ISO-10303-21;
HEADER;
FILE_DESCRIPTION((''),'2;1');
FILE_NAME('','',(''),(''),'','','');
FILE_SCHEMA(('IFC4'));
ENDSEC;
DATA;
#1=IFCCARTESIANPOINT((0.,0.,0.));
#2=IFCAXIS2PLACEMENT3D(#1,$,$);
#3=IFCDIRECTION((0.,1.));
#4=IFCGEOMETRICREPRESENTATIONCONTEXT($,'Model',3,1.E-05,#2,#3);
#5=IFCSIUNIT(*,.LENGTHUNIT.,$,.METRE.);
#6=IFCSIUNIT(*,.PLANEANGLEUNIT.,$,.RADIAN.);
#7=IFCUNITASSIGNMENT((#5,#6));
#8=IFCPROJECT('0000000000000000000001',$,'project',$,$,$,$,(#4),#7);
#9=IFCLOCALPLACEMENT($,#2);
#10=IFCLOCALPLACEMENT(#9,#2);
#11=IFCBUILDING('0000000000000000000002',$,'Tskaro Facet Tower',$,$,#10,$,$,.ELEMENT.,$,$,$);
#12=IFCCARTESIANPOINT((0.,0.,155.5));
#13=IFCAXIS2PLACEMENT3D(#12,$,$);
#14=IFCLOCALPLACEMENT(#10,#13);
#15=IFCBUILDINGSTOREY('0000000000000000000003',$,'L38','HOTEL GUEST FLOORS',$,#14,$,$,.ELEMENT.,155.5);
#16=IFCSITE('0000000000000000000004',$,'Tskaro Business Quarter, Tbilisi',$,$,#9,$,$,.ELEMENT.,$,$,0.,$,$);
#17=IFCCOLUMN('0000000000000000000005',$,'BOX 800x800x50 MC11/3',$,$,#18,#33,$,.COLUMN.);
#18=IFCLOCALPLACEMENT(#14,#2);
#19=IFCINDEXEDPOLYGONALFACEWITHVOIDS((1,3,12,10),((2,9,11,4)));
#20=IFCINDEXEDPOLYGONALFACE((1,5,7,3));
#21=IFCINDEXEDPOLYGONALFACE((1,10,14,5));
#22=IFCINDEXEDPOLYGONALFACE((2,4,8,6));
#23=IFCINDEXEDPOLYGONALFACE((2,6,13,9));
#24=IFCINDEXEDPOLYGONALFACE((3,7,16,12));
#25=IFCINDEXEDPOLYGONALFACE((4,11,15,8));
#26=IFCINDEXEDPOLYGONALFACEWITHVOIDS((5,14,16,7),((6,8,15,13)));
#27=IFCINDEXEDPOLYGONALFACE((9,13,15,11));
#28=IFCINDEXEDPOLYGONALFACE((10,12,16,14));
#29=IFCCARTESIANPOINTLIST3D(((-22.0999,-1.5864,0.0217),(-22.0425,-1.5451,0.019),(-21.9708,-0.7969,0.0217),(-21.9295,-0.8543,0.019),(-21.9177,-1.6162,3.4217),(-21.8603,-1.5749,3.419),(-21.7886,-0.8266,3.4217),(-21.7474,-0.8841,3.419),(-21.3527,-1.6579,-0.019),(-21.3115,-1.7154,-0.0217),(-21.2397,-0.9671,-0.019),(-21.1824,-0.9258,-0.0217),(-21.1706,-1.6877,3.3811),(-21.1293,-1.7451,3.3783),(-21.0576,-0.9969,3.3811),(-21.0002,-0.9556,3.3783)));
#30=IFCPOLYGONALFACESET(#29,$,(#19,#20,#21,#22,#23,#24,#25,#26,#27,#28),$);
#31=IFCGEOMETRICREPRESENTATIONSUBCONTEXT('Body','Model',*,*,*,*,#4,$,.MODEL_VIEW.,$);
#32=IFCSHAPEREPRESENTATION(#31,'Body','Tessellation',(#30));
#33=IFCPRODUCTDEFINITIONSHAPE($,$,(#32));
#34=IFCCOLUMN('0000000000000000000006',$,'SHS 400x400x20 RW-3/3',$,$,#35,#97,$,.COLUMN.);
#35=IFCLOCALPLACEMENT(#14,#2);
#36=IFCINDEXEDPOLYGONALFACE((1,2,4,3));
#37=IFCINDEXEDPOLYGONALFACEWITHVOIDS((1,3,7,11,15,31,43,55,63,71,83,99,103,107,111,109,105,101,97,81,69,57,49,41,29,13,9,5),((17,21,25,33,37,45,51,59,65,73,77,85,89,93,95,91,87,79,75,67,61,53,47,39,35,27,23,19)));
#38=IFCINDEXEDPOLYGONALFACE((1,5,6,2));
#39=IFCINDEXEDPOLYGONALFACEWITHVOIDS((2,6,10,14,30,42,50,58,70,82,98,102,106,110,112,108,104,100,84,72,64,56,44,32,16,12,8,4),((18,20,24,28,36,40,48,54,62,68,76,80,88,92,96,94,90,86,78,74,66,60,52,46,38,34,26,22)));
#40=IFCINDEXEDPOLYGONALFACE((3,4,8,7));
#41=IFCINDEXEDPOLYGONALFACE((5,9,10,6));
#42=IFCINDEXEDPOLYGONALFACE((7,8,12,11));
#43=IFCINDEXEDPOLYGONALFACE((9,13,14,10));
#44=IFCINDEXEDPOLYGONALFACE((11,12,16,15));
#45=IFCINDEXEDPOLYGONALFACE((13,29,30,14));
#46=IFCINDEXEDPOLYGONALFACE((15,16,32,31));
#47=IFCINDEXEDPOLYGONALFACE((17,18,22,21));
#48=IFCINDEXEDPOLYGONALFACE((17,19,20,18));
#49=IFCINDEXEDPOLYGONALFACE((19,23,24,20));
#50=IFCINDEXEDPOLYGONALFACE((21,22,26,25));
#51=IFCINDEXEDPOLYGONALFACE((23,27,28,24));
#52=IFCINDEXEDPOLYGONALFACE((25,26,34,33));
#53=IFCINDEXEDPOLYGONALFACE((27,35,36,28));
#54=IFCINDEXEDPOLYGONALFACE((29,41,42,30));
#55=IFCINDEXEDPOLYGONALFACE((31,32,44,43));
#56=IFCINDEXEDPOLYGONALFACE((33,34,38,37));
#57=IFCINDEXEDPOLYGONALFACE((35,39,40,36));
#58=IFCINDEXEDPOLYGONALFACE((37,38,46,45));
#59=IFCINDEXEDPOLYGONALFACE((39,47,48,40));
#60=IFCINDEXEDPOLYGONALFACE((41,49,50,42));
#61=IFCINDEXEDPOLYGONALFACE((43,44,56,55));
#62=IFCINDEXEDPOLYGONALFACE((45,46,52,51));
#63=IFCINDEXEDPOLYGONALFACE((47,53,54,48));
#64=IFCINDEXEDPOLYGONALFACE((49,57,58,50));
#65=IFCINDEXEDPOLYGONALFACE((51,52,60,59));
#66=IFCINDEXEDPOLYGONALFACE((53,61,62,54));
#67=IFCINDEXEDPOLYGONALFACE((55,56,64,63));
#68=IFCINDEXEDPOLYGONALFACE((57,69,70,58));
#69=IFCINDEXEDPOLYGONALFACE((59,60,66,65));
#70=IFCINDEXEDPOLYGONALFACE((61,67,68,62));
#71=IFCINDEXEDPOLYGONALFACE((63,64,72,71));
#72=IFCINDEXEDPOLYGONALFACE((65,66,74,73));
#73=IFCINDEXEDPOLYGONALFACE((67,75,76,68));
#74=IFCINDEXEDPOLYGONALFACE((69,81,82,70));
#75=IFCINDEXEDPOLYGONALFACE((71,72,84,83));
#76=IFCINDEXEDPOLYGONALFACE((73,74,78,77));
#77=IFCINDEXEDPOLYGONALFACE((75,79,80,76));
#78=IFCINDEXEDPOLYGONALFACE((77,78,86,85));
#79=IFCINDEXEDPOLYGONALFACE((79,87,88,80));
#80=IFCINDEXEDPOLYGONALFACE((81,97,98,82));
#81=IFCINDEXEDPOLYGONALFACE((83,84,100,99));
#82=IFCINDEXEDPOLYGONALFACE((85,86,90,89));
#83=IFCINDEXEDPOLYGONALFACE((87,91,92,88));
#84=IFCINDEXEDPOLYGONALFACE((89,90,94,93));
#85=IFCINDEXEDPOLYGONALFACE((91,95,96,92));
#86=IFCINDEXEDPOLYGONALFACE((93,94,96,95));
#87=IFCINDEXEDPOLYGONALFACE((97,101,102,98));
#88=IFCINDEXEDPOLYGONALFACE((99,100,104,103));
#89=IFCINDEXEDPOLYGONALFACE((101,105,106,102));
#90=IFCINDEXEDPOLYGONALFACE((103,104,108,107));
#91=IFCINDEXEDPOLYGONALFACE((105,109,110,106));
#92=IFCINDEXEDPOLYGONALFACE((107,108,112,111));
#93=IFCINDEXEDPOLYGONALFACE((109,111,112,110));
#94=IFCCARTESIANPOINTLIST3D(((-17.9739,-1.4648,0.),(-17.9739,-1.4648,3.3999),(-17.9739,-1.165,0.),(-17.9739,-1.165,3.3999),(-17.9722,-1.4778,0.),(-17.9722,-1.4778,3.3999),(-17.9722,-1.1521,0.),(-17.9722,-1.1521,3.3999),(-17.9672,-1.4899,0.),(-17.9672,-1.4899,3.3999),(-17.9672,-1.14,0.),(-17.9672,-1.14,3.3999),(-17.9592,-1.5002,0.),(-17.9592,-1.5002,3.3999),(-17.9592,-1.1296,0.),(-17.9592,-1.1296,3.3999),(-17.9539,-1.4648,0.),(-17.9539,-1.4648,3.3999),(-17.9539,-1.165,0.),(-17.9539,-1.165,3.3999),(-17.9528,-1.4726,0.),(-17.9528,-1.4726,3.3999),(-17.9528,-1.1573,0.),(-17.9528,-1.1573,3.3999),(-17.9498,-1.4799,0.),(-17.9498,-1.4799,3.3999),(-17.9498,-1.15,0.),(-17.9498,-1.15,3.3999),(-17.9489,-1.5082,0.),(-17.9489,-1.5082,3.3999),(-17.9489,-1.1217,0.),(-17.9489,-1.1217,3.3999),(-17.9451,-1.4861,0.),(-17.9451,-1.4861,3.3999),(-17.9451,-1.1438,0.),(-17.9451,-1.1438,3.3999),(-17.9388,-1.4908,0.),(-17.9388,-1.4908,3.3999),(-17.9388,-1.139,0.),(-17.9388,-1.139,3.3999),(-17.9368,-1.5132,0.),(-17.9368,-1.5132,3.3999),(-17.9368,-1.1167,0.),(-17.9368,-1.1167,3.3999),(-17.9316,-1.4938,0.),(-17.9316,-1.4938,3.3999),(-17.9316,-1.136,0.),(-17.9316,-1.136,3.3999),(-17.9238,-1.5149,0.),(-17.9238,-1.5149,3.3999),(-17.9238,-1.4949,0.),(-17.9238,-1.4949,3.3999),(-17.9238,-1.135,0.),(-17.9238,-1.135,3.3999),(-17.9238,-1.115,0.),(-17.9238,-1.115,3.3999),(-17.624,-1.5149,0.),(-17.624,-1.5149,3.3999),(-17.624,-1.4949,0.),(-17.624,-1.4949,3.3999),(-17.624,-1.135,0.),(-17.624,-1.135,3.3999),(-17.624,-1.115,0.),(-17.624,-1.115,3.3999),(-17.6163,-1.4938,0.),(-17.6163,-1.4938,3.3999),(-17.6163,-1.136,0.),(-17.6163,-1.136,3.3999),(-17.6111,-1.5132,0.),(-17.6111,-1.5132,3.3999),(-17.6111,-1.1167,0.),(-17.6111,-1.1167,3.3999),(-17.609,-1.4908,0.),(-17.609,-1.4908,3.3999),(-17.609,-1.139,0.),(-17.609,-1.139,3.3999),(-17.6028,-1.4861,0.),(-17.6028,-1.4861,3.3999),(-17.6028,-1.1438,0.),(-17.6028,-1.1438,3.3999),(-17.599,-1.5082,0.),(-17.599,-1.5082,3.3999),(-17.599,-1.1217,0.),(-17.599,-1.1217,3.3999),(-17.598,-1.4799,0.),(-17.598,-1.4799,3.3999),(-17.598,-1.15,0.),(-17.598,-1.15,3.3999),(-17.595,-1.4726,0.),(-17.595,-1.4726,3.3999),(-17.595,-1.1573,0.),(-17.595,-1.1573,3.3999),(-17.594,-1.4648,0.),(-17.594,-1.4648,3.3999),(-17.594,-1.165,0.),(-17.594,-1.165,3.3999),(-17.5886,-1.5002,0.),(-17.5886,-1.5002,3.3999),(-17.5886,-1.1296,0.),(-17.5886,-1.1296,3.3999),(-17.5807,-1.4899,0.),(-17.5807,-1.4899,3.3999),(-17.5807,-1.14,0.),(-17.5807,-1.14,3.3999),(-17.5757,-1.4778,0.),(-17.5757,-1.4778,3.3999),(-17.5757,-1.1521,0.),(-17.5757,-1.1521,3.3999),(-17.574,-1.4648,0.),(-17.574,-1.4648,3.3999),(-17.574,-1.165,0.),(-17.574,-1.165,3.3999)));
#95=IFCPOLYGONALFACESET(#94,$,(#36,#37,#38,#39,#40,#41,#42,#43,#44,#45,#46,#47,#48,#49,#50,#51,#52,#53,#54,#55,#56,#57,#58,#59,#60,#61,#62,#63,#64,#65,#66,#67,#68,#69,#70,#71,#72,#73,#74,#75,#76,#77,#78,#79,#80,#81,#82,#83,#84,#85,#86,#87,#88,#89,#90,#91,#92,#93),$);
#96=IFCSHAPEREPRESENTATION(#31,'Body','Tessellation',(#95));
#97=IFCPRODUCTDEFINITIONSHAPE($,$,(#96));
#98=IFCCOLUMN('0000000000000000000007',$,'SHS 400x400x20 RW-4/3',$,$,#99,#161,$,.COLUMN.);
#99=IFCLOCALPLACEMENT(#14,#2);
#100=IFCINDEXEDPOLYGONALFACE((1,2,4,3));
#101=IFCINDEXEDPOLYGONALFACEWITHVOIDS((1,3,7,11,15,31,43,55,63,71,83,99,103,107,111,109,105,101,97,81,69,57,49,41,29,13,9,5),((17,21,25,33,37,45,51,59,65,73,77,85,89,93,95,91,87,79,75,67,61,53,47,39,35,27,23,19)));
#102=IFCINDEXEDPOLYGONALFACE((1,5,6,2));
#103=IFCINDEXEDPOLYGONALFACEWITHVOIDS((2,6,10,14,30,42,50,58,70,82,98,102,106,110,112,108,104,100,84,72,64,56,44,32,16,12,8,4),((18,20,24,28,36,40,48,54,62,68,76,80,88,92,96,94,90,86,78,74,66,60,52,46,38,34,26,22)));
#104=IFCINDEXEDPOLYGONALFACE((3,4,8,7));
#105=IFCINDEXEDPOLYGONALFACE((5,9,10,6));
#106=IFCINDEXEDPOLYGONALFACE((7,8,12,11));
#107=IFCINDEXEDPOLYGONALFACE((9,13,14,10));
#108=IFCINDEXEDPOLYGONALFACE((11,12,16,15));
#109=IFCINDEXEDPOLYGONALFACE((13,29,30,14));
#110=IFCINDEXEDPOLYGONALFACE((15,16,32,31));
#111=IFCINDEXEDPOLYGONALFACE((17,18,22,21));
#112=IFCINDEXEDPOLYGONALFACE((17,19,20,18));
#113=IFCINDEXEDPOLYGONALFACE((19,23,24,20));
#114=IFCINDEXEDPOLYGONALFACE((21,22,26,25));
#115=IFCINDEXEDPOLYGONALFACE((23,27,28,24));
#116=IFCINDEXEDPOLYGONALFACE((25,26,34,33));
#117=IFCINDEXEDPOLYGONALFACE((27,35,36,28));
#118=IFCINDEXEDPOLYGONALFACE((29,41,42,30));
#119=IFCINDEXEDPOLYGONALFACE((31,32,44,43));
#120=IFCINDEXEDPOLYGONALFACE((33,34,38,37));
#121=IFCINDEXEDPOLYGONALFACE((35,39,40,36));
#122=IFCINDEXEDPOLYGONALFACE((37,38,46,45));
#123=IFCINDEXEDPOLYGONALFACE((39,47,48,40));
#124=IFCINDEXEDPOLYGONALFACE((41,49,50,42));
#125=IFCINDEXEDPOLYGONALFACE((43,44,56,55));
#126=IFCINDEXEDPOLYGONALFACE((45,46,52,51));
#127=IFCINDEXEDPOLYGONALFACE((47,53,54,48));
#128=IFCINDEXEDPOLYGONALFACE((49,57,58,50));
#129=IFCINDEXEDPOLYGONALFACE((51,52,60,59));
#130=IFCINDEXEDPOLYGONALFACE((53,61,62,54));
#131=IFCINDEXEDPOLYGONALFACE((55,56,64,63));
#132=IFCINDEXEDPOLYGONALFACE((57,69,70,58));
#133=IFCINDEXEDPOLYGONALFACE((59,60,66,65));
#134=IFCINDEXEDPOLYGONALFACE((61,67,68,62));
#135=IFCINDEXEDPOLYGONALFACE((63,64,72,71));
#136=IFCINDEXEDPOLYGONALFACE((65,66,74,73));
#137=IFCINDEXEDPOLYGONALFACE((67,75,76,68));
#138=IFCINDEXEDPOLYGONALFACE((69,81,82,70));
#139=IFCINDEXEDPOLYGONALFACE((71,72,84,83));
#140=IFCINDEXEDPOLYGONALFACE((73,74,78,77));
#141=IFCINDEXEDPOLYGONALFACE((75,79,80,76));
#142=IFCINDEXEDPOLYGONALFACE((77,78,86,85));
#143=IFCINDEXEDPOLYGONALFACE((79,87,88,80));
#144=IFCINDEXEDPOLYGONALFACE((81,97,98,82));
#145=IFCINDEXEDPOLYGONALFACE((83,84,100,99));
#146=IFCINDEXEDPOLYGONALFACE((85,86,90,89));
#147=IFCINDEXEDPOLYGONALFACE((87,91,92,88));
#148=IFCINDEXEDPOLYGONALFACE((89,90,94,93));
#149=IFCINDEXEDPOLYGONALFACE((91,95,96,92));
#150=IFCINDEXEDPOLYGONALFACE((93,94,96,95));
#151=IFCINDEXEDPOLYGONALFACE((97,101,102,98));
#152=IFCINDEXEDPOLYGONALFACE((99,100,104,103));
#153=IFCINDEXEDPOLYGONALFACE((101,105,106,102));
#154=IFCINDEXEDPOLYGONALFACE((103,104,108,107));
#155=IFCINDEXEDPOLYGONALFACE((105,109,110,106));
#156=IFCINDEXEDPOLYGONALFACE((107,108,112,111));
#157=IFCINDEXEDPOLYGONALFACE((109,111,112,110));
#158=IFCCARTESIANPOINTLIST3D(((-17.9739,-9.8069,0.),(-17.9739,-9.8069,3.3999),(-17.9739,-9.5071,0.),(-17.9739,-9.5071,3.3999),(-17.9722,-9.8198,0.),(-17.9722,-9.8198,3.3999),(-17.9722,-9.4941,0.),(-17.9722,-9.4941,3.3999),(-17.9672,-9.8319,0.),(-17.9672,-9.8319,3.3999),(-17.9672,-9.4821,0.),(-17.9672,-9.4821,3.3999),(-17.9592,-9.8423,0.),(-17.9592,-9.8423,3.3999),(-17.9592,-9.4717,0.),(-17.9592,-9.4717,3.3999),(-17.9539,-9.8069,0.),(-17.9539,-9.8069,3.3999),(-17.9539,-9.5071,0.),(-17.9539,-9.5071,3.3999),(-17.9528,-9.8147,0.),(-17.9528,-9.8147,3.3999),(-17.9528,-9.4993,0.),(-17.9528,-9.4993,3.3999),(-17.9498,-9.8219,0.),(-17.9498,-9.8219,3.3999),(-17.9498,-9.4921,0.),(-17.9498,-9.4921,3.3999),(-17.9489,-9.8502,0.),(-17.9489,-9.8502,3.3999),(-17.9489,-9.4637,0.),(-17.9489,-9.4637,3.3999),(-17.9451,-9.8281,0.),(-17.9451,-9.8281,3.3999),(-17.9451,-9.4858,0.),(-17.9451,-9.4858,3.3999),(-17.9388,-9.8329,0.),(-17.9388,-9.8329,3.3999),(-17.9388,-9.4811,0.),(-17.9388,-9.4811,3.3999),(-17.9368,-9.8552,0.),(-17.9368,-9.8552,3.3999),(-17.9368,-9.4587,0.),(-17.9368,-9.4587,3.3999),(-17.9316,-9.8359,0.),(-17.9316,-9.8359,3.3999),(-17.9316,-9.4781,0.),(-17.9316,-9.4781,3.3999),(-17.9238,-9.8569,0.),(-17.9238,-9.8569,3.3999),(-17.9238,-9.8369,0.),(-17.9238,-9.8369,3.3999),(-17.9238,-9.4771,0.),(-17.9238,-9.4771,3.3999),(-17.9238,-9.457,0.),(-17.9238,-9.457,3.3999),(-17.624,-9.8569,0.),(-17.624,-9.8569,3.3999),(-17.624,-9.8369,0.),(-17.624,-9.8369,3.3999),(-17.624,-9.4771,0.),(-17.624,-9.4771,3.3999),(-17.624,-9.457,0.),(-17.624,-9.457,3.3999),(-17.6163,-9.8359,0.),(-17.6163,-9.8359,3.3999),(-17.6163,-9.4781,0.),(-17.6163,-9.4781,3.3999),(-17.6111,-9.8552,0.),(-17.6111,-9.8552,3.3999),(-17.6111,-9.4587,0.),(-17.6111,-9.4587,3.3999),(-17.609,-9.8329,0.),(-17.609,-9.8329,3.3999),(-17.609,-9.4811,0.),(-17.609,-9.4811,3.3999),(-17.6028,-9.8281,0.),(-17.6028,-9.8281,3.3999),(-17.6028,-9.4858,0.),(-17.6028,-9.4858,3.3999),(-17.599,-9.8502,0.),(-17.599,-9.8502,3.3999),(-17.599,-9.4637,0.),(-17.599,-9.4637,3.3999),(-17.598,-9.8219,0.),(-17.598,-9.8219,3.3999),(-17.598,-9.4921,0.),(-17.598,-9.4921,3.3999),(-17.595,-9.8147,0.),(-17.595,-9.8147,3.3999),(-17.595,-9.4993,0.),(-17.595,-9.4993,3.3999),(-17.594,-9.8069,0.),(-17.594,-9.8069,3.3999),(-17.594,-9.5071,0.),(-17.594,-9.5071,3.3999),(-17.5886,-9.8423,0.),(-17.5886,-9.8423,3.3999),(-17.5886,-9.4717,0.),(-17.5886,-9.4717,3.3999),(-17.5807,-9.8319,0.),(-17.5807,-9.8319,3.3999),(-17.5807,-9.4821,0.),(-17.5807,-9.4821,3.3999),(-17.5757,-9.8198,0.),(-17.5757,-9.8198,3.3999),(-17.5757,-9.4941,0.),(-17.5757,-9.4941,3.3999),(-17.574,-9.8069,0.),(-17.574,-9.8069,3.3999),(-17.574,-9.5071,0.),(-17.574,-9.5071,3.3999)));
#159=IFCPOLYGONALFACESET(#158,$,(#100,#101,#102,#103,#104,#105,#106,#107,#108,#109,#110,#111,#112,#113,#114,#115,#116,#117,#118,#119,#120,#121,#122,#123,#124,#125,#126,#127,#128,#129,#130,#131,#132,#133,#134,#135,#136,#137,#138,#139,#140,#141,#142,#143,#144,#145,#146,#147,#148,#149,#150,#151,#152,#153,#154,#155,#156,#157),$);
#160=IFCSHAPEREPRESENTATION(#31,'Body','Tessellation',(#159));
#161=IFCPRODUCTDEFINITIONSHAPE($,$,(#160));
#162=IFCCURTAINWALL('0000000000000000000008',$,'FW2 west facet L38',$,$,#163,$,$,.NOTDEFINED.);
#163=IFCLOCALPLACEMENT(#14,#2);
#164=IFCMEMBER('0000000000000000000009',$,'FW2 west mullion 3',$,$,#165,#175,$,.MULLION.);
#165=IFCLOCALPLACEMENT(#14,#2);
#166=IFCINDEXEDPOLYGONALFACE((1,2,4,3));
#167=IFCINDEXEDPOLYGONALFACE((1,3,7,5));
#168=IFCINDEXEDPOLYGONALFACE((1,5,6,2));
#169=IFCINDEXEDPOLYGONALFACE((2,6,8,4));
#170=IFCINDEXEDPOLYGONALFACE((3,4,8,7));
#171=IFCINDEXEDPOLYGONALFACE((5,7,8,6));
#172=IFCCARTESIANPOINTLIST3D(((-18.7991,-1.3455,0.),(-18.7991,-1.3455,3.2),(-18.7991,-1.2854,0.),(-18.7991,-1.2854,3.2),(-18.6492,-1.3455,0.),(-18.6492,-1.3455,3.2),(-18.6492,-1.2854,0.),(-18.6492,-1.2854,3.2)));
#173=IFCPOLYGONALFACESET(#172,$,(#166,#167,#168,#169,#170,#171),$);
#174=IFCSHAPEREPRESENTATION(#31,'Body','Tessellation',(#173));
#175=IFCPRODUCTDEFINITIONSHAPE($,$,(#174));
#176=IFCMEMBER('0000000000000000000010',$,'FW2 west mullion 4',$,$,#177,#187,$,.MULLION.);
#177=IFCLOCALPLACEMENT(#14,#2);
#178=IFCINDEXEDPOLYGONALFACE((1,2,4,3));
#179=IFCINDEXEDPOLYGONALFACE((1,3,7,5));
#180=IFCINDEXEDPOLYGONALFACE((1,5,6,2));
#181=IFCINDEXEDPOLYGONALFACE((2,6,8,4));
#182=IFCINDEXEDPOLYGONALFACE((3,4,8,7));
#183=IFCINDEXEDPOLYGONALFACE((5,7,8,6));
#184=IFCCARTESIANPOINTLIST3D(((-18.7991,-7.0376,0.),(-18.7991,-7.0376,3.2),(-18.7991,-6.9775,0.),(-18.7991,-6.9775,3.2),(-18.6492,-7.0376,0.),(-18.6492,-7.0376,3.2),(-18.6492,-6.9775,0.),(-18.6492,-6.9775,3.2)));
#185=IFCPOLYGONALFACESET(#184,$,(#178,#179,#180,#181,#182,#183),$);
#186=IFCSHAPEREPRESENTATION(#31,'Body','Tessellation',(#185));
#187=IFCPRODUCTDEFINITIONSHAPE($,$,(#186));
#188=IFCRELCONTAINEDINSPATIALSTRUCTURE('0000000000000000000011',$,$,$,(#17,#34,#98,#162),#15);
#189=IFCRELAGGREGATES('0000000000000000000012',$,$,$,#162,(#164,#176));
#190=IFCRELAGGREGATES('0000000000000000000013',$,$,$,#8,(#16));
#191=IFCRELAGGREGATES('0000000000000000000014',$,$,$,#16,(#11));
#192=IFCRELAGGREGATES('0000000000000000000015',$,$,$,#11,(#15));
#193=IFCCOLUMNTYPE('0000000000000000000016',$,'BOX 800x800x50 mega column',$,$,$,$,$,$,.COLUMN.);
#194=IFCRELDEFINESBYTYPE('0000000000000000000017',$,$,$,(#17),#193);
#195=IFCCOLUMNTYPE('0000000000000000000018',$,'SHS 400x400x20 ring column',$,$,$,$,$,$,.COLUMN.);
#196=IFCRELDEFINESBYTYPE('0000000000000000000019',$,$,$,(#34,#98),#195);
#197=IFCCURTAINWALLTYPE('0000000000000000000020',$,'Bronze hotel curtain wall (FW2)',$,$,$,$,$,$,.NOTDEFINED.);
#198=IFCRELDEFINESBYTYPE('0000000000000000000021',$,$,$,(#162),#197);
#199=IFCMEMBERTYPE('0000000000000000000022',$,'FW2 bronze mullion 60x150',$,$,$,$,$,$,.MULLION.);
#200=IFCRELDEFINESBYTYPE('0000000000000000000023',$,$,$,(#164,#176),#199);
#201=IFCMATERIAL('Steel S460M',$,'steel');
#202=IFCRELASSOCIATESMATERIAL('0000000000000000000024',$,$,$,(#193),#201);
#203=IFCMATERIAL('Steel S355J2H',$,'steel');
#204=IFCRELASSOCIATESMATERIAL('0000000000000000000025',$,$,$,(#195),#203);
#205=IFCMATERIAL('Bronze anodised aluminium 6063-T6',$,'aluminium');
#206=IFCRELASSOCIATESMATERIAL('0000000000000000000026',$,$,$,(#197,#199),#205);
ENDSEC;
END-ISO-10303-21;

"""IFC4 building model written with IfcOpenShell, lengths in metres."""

from ifc_helpers import new_model, si_unit, direction, frame, origin, origin_2d, place, context, subcontext, project, spatial, rectangle, hollow_rectangle, extrude, material, material_profile, profile_set, type_object, element, aggregate, save


model = new_model("IFC4")

# Units and contexts
model_context = context("Model", 3, precision=1e-05, world=origin(), true_north=direction((0.0, 1.0)))
body_context = subcontext(model_context, "Body", "Model", "MODEL_VIEW")
ifc_project = project(units=[si_unit("LENGTHUNIT", "METRE"), si_unit("PLANEANGLEUNIT", "RADIAN")], contexts=[model_context])

# Site, building, storey
site_placement = place(None, origin())
site = spatial("IfcSite", under=ifc_project, at=site_placement, Name="Tskaro Business Quarter, Tbilisi", CompositionType="ELEMENT", RefElevation=0.0)
building_placement = place(site_placement, origin())
building = spatial("IfcBuilding", under=site, at=building_placement, Name="Tskaro Facet Tower", CompositionType="ELEMENT")
storey_placement = place(building_placement, frame((0.0, 0.0, 155.5)))
storey = spatial("IfcBuildingStorey", under=building, at=storey_placement, Name="L38", Description="HOTEL GUEST FLOORS", CompositionType="ELEMENT", Elevation=155.5)

# Columns
ifc_material_1 = material(Name="Steel S460M", Category="steel")
ifc_material_profile_1 = material_profile(ifc_material_1, hollow_rectangle(XDim=0.8, YDim=0.8, WallThickness=0.05, at=origin_2d()), Name="BOX 800x800x50")
ifc_profile_set_1 = profile_set([ifc_material_profile_1], Name="Steel S460M")
column_type_1 = type_object("IfcColumnType", Name="BOX 800x800x50 mega column", PredefinedType="COLUMN", material=ifc_profile_set_1)
column_placement = place(storey_placement, frame((-21.6411, -1.2561, 0.0), z_axis=(0.05349, -0.008748, 0.99853), x_axis=(0.161395, 0.98689, 0.0)))
element("IfcColumn", 1, at=column_placement, inside=storey, type_object=column_type_1, Name="BOX 800x800x50 MC11/3", PredefinedType="COLUMN", context=body_context, shape_type="SweptSolid", body=[
    extrude(hollow_rectangle(XDim=0.8, YDim=0.8, WallThickness=0.05, at=origin_2d()), origin(), (0.0, 0.0, 1.0), 3.405),
])
ifc_material_2 = material(Name="Steel S355J2H", Category="steel")
ifc_material_profile_2 = material_profile(ifc_material_2, hollow_rectangle(XDim=0.3999, YDim=0.3999, WallThickness=0.02, InnerFilletRadius=0.03, OuterFilletRadius=0.05, at=origin_2d()), Name="SHS 400x400x20")
ifc_profile_set_2 = profile_set([ifc_material_profile_2], Name="Steel S355J2H")
column_type_2 = type_object("IfcColumnType", Name="SHS 400x400x20 ring column", PredefinedType="COLUMN", material=ifc_profile_set_2)
for number, where, z_axis, x_axis, name in (
    (2, (-17.7739, -1.3149, 0.0), (0.0, 0.0, 1.0), (1.0, 0.0, 0.0), "SHS 400x400x20 RW-3/3"),
    (3, (-17.7739, -9.657, 0.0), (0.0, 0.0, 1.0), (1.0, 0.0, 0.0), "SHS 400x400x20 RW-4/3"),
):
    element("IfcColumn", number, at=place(storey_placement, frame(where, z_axis=z_axis, x_axis=x_axis)), inside=storey, type_object=column_type_2, Name=name, PredefinedType="COLUMN", context=body_context, shape_type="SweptSolid", body=[
        extrude(hollow_rectangle(XDim=0.3999, YDim=0.3999, WallThickness=0.02, InnerFilletRadius=0.03, OuterFilletRadius=0.05, at=origin_2d()), origin(), (0.0, 0.0, 1.0), 3.3999),
    ])

# Curtain wall, members
ifc_material_3 = material(Name="Bronze anodised aluminium 6063-T6", Category="aluminium")
curtain_wall_type = type_object("IfcCurtainWallType", Name="Bronze hotel curtain wall (FW2)", PredefinedType="NOTDEFINED", material=ifc_material_3)
curtain_wall_placement = place(storey_placement, origin())
curtain_wall = element("IfcCurtainWall", 4, at=curtain_wall_placement, inside=storey, type_object=curtain_wall_type, Name="FW2 west facet L38", PredefinedType="NOTDEFINED")
ifc_material_profile_3 = material_profile(ifc_material_3, rectangle(XDim=0.0601, YDim=0.1499, at=origin_2d()), Name="Mullion 60x150")
ifc_profile_set_3 = profile_set([ifc_material_profile_3], Name="Bronze anodised aluminium 6063-T6")
member_type_1 = type_object("IfcMemberType", Name="FW2 bronze mullion 60x150", PredefinedType="MULLION", material=ifc_profile_set_3)
member_1_placement = place(storey_placement, frame((-18.7241, -1.3154, 0.0), z_axis=(0.0, 0.0, 1.0), x_axis=(0.0, -1.0, 0.0)))
member_1 = element("IfcMember", 5, at=member_1_placement, type_object=member_type_1, Name="FW2 west mullion 3", PredefinedType="MULLION", context=body_context, shape_type="SweptSolid", body=[
    extrude(rectangle(XDim=0.0601, YDim=0.1499, at=origin_2d()), origin(), (0.0, 0.0, 1.0), 3.2),
])
member_2_placement = place(storey_placement, frame((-18.7241, -7.0076, 0.0), z_axis=(0.0, 0.0, 1.0), x_axis=(0.0, -1.0, 0.0)))
member_2 = element("IfcMember", 6, at=member_2_placement, type_object=member_type_1, Name="FW2 west mullion 4", PredefinedType="MULLION", context=body_context, shape_type="SweptSolid", body=[
    extrude(rectangle(XDim=0.0601, YDim=0.1499, at=origin_2d()), origin(), (0.0, 0.0, 1.0), 3.2),
])

aggregate(curtain_wall, [member_1, member_2])

save(model, "model.ifc")
